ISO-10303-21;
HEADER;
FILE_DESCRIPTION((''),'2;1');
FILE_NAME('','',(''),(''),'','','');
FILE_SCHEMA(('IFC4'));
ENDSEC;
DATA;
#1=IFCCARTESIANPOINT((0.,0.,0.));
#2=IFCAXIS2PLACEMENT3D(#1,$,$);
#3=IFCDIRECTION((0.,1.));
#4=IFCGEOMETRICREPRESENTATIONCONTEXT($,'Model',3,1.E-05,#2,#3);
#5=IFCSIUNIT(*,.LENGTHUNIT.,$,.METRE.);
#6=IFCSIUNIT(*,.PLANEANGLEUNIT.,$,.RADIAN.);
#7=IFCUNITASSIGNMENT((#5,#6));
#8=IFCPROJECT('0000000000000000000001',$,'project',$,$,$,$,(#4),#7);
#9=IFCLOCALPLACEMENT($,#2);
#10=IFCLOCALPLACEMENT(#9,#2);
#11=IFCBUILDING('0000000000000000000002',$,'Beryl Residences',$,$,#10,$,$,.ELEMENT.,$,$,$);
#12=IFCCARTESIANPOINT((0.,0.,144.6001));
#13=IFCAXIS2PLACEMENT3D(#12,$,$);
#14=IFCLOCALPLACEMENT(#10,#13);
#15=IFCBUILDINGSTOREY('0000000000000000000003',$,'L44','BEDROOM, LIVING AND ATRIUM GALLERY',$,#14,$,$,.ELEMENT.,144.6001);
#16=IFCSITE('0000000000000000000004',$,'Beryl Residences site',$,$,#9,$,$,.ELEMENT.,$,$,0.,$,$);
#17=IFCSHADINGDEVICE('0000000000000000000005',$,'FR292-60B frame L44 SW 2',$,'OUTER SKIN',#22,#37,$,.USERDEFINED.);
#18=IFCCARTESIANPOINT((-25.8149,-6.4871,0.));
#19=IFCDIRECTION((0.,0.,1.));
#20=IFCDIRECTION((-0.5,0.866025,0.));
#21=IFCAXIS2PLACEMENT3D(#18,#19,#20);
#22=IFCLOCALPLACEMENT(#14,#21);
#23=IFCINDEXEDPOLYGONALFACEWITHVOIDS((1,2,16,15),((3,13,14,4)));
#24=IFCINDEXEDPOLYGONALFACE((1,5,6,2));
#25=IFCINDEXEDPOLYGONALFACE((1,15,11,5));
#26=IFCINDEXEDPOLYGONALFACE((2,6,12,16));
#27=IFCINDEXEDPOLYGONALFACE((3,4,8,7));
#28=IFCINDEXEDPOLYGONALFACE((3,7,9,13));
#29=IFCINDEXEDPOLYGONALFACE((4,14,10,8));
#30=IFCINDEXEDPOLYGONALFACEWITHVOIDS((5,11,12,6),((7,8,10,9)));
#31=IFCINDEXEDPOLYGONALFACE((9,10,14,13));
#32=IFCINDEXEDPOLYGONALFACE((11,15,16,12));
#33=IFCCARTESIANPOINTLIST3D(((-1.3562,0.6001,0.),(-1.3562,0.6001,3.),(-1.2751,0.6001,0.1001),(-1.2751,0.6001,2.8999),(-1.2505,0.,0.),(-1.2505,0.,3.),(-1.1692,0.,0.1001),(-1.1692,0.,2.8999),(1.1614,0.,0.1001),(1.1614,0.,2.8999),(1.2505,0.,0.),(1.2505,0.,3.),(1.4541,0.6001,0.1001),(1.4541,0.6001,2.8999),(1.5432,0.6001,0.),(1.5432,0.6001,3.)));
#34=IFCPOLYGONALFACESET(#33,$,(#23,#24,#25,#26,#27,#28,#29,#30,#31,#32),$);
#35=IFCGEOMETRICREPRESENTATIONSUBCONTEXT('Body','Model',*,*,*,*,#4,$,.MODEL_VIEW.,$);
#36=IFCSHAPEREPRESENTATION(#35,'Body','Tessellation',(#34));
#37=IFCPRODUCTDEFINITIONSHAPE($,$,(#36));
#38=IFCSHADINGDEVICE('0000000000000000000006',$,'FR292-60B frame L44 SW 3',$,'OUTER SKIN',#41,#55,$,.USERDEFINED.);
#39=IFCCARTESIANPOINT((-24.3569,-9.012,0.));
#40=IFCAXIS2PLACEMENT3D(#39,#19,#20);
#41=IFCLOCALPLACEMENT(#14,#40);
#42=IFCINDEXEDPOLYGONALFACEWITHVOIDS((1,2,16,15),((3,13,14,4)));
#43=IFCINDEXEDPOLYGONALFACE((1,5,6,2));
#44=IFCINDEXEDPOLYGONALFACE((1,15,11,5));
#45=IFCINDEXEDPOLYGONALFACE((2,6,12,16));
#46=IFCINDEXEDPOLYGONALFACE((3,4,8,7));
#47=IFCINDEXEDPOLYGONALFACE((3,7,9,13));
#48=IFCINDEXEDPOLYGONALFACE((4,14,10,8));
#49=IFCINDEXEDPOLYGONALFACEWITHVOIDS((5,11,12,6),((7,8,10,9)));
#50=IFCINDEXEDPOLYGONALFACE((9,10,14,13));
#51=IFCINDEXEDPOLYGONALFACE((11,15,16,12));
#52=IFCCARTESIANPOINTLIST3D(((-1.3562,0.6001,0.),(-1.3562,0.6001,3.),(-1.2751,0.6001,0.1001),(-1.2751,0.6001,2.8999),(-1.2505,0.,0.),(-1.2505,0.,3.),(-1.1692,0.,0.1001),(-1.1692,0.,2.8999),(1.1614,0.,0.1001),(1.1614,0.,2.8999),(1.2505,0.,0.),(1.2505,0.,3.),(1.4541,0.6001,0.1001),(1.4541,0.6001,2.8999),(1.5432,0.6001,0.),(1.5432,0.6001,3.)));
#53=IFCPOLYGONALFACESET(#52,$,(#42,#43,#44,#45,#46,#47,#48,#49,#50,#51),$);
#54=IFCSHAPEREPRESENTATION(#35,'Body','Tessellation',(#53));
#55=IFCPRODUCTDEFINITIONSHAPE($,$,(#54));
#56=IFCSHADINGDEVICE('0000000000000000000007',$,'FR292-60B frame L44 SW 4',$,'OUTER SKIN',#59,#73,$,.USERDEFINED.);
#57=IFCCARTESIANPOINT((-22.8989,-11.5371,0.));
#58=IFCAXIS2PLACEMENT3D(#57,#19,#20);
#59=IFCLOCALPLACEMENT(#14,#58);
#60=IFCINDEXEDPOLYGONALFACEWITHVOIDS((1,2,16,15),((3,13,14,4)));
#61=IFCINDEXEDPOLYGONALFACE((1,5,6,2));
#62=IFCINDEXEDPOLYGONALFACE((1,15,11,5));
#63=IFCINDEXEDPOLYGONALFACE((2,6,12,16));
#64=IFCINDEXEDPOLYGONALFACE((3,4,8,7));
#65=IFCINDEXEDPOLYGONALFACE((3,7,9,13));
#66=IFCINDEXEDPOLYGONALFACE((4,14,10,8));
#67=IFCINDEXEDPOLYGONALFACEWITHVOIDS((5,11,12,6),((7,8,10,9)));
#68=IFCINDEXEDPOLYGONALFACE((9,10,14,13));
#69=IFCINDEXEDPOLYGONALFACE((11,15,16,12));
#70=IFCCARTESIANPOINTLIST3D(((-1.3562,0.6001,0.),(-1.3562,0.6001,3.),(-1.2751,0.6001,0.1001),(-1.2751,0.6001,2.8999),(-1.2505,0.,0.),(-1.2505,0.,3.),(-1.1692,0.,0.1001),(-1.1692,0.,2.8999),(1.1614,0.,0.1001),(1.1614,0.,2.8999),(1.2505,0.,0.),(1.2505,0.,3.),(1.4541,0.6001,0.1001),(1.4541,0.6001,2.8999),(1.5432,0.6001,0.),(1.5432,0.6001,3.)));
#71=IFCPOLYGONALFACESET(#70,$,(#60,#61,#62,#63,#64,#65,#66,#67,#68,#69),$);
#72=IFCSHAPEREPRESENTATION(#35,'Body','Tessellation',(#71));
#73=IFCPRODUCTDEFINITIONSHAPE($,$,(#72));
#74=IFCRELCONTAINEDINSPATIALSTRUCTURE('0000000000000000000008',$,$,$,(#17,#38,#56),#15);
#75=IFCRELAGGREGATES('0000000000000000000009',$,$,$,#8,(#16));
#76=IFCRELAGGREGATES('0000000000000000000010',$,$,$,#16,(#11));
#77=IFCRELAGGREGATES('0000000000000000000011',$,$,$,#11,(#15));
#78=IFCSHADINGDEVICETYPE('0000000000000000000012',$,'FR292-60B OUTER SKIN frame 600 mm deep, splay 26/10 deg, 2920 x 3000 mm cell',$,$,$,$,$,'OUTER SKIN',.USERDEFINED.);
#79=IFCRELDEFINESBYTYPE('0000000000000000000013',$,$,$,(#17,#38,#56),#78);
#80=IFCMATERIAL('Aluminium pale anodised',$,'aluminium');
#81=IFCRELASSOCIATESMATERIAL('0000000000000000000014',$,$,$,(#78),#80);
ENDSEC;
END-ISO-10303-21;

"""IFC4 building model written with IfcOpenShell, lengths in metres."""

from ifc_helpers import new_model, entity, si_unit, direction, frame, origin, place, context, subcontext, project, spatial, source, transform, mapped, material, type_object, type_shapes, element, save


model = new_model("IFC4")

# Units and contexts
model_context = context("Model", 3, precision=1e-05, world=origin(), true_north=direction((0.0, 1.0)))
body_context = subcontext(model_context, "Body", "Model", "MODEL_VIEW")
ifc_project = project(units=[si_unit("LENGTHUNIT", "METRE"), si_unit("PLANEANGLEUNIT", "RADIAN")], contexts=[model_context])

# Site, building, storey
site_placement = place(None, origin())
site = spatial("IfcSite", under=ifc_project, at=site_placement, Name="Beryl Residences site", CompositionType="ELEMENT", RefElevation=0.0)
building_placement = place(site_placement, origin())
building = spatial("IfcBuilding", under=site, at=building_placement, Name="Beryl Residences", CompositionType="ELEMENT")
storey_placement = place(building_placement, frame((0.0, 0.0, 144.6001)))
storey = spatial("IfcBuildingStorey", under=building, at=storey_placement, Name="L44", Description="BEDROOM, LIVING AND ATRIUM GALLERY", CompositionType="ELEMENT", Elevation=144.6001)

# Shading devices
ifc_material_1 = material(Name="Aluminium pale anodised", Category="aluminium")
shading_device_type = type_object("IfcShadingDeviceType", Name="FR292-60B OUTER SKIN frame 600 mm deep, splay 26/10 deg, 2920 x 3000 mm cell", ElementType="OUTER SKIN", PredefinedType="USERDEFINED", material=ifc_material_1)
cartesian_point_1 = entity("IfcCartesianPoint", [-1.2505, 0.0])
cartesian_point_2 = entity("IfcCartesianPoint", [-1.1614, 0.1001])
cartesian_point_3 = entity("IfcCartesianPoint", [-1.5432, 0.0])
cartesian_point_4 = entity("IfcCartesianPoint", [-1.4541, 0.1001])
shared_shape = source(origin(), body_context, "Body", "SweptSolid", [
    entity("IfcExtrudedAreaSolidTapered", entity("IfcArbitraryProfileDefWithVoids", "AREA", None, entity("IfcPolyline", [cartesian_point_1, entity("IfcCartesianPoint", [1.2505, 0.0]), entity("IfcCartesianPoint", [1.2505, 3.0]), entity("IfcCartesianPoint", [-1.2505, 3.0]), cartesian_point_1]), [entity("IfcPolyline", [cartesian_point_2, entity("IfcCartesianPoint", [1.1692, 0.1001]), entity("IfcCartesianPoint", [1.1692, 2.8999]), entity("IfcCartesianPoint", [-1.1614, 2.8999]), cartesian_point_2])]), entity("IfcAxis2Placement3D", entity("IfcCartesianPoint", [0.0, 0.0, 0.0]), entity("IfcDirection", [0.0, 1.0, 0.0]), entity("IfcDirection", [-1.0, 0.0, 0.0])), entity("IfcDirection", [0.0, 0.0, 1.0]), 0.6001, entity("IfcArbitraryProfileDefWithVoids", "AREA", None, entity("IfcPolyline", [cartesian_point_3, entity("IfcCartesianPoint", [1.3562, 0.0]), entity("IfcCartesianPoint", [1.3562, 3.0]), entity("IfcCartesianPoint", [-1.5432, 3.0]), cartesian_point_3]), [entity("IfcPolyline", [cartesian_point_4, entity("IfcCartesianPoint", [1.2751, 0.1001]), entity("IfcCartesianPoint", [1.2751, 2.8999]), entity("IfcCartesianPoint", [-1.4541, 2.8999]), cartesian_point_4])])),
])
type_shapes(shading_device_type, [shared_shape])
for number, where, z_axis, x_axis, name in (
    (1, (-25.8149, -6.4871, 0.0), (0.0, 0.0, 1.0), (-0.5, 0.866025, 0.0), "FR292-60B frame L44 SW 2"),
    (2, (-24.3569, -9.012, 0.0), (0.0, 0.0, 1.0), (-0.5, 0.866025, 0.0), "FR292-60B frame L44 SW 3"),
    (3, (-22.8989, -11.5371, 0.0), (0.0, 0.0, 1.0), (-0.5, 0.866025, 0.0), "FR292-60B frame L44 SW 4"),
):
    element("IfcShadingDevice", number, at=place(storey_placement, frame(where, z_axis=z_axis, x_axis=x_axis)), inside=storey, type_object=shading_device_type, Name=name, ObjectType="OUTER SKIN", PredefinedType="USERDEFINED", context=body_context, shape_type="MappedRepresentation", body=[
        mapped(shared_shape, transform((0.0, 0.0, 0.0))),
    ])

save(model, "model.ifc")
